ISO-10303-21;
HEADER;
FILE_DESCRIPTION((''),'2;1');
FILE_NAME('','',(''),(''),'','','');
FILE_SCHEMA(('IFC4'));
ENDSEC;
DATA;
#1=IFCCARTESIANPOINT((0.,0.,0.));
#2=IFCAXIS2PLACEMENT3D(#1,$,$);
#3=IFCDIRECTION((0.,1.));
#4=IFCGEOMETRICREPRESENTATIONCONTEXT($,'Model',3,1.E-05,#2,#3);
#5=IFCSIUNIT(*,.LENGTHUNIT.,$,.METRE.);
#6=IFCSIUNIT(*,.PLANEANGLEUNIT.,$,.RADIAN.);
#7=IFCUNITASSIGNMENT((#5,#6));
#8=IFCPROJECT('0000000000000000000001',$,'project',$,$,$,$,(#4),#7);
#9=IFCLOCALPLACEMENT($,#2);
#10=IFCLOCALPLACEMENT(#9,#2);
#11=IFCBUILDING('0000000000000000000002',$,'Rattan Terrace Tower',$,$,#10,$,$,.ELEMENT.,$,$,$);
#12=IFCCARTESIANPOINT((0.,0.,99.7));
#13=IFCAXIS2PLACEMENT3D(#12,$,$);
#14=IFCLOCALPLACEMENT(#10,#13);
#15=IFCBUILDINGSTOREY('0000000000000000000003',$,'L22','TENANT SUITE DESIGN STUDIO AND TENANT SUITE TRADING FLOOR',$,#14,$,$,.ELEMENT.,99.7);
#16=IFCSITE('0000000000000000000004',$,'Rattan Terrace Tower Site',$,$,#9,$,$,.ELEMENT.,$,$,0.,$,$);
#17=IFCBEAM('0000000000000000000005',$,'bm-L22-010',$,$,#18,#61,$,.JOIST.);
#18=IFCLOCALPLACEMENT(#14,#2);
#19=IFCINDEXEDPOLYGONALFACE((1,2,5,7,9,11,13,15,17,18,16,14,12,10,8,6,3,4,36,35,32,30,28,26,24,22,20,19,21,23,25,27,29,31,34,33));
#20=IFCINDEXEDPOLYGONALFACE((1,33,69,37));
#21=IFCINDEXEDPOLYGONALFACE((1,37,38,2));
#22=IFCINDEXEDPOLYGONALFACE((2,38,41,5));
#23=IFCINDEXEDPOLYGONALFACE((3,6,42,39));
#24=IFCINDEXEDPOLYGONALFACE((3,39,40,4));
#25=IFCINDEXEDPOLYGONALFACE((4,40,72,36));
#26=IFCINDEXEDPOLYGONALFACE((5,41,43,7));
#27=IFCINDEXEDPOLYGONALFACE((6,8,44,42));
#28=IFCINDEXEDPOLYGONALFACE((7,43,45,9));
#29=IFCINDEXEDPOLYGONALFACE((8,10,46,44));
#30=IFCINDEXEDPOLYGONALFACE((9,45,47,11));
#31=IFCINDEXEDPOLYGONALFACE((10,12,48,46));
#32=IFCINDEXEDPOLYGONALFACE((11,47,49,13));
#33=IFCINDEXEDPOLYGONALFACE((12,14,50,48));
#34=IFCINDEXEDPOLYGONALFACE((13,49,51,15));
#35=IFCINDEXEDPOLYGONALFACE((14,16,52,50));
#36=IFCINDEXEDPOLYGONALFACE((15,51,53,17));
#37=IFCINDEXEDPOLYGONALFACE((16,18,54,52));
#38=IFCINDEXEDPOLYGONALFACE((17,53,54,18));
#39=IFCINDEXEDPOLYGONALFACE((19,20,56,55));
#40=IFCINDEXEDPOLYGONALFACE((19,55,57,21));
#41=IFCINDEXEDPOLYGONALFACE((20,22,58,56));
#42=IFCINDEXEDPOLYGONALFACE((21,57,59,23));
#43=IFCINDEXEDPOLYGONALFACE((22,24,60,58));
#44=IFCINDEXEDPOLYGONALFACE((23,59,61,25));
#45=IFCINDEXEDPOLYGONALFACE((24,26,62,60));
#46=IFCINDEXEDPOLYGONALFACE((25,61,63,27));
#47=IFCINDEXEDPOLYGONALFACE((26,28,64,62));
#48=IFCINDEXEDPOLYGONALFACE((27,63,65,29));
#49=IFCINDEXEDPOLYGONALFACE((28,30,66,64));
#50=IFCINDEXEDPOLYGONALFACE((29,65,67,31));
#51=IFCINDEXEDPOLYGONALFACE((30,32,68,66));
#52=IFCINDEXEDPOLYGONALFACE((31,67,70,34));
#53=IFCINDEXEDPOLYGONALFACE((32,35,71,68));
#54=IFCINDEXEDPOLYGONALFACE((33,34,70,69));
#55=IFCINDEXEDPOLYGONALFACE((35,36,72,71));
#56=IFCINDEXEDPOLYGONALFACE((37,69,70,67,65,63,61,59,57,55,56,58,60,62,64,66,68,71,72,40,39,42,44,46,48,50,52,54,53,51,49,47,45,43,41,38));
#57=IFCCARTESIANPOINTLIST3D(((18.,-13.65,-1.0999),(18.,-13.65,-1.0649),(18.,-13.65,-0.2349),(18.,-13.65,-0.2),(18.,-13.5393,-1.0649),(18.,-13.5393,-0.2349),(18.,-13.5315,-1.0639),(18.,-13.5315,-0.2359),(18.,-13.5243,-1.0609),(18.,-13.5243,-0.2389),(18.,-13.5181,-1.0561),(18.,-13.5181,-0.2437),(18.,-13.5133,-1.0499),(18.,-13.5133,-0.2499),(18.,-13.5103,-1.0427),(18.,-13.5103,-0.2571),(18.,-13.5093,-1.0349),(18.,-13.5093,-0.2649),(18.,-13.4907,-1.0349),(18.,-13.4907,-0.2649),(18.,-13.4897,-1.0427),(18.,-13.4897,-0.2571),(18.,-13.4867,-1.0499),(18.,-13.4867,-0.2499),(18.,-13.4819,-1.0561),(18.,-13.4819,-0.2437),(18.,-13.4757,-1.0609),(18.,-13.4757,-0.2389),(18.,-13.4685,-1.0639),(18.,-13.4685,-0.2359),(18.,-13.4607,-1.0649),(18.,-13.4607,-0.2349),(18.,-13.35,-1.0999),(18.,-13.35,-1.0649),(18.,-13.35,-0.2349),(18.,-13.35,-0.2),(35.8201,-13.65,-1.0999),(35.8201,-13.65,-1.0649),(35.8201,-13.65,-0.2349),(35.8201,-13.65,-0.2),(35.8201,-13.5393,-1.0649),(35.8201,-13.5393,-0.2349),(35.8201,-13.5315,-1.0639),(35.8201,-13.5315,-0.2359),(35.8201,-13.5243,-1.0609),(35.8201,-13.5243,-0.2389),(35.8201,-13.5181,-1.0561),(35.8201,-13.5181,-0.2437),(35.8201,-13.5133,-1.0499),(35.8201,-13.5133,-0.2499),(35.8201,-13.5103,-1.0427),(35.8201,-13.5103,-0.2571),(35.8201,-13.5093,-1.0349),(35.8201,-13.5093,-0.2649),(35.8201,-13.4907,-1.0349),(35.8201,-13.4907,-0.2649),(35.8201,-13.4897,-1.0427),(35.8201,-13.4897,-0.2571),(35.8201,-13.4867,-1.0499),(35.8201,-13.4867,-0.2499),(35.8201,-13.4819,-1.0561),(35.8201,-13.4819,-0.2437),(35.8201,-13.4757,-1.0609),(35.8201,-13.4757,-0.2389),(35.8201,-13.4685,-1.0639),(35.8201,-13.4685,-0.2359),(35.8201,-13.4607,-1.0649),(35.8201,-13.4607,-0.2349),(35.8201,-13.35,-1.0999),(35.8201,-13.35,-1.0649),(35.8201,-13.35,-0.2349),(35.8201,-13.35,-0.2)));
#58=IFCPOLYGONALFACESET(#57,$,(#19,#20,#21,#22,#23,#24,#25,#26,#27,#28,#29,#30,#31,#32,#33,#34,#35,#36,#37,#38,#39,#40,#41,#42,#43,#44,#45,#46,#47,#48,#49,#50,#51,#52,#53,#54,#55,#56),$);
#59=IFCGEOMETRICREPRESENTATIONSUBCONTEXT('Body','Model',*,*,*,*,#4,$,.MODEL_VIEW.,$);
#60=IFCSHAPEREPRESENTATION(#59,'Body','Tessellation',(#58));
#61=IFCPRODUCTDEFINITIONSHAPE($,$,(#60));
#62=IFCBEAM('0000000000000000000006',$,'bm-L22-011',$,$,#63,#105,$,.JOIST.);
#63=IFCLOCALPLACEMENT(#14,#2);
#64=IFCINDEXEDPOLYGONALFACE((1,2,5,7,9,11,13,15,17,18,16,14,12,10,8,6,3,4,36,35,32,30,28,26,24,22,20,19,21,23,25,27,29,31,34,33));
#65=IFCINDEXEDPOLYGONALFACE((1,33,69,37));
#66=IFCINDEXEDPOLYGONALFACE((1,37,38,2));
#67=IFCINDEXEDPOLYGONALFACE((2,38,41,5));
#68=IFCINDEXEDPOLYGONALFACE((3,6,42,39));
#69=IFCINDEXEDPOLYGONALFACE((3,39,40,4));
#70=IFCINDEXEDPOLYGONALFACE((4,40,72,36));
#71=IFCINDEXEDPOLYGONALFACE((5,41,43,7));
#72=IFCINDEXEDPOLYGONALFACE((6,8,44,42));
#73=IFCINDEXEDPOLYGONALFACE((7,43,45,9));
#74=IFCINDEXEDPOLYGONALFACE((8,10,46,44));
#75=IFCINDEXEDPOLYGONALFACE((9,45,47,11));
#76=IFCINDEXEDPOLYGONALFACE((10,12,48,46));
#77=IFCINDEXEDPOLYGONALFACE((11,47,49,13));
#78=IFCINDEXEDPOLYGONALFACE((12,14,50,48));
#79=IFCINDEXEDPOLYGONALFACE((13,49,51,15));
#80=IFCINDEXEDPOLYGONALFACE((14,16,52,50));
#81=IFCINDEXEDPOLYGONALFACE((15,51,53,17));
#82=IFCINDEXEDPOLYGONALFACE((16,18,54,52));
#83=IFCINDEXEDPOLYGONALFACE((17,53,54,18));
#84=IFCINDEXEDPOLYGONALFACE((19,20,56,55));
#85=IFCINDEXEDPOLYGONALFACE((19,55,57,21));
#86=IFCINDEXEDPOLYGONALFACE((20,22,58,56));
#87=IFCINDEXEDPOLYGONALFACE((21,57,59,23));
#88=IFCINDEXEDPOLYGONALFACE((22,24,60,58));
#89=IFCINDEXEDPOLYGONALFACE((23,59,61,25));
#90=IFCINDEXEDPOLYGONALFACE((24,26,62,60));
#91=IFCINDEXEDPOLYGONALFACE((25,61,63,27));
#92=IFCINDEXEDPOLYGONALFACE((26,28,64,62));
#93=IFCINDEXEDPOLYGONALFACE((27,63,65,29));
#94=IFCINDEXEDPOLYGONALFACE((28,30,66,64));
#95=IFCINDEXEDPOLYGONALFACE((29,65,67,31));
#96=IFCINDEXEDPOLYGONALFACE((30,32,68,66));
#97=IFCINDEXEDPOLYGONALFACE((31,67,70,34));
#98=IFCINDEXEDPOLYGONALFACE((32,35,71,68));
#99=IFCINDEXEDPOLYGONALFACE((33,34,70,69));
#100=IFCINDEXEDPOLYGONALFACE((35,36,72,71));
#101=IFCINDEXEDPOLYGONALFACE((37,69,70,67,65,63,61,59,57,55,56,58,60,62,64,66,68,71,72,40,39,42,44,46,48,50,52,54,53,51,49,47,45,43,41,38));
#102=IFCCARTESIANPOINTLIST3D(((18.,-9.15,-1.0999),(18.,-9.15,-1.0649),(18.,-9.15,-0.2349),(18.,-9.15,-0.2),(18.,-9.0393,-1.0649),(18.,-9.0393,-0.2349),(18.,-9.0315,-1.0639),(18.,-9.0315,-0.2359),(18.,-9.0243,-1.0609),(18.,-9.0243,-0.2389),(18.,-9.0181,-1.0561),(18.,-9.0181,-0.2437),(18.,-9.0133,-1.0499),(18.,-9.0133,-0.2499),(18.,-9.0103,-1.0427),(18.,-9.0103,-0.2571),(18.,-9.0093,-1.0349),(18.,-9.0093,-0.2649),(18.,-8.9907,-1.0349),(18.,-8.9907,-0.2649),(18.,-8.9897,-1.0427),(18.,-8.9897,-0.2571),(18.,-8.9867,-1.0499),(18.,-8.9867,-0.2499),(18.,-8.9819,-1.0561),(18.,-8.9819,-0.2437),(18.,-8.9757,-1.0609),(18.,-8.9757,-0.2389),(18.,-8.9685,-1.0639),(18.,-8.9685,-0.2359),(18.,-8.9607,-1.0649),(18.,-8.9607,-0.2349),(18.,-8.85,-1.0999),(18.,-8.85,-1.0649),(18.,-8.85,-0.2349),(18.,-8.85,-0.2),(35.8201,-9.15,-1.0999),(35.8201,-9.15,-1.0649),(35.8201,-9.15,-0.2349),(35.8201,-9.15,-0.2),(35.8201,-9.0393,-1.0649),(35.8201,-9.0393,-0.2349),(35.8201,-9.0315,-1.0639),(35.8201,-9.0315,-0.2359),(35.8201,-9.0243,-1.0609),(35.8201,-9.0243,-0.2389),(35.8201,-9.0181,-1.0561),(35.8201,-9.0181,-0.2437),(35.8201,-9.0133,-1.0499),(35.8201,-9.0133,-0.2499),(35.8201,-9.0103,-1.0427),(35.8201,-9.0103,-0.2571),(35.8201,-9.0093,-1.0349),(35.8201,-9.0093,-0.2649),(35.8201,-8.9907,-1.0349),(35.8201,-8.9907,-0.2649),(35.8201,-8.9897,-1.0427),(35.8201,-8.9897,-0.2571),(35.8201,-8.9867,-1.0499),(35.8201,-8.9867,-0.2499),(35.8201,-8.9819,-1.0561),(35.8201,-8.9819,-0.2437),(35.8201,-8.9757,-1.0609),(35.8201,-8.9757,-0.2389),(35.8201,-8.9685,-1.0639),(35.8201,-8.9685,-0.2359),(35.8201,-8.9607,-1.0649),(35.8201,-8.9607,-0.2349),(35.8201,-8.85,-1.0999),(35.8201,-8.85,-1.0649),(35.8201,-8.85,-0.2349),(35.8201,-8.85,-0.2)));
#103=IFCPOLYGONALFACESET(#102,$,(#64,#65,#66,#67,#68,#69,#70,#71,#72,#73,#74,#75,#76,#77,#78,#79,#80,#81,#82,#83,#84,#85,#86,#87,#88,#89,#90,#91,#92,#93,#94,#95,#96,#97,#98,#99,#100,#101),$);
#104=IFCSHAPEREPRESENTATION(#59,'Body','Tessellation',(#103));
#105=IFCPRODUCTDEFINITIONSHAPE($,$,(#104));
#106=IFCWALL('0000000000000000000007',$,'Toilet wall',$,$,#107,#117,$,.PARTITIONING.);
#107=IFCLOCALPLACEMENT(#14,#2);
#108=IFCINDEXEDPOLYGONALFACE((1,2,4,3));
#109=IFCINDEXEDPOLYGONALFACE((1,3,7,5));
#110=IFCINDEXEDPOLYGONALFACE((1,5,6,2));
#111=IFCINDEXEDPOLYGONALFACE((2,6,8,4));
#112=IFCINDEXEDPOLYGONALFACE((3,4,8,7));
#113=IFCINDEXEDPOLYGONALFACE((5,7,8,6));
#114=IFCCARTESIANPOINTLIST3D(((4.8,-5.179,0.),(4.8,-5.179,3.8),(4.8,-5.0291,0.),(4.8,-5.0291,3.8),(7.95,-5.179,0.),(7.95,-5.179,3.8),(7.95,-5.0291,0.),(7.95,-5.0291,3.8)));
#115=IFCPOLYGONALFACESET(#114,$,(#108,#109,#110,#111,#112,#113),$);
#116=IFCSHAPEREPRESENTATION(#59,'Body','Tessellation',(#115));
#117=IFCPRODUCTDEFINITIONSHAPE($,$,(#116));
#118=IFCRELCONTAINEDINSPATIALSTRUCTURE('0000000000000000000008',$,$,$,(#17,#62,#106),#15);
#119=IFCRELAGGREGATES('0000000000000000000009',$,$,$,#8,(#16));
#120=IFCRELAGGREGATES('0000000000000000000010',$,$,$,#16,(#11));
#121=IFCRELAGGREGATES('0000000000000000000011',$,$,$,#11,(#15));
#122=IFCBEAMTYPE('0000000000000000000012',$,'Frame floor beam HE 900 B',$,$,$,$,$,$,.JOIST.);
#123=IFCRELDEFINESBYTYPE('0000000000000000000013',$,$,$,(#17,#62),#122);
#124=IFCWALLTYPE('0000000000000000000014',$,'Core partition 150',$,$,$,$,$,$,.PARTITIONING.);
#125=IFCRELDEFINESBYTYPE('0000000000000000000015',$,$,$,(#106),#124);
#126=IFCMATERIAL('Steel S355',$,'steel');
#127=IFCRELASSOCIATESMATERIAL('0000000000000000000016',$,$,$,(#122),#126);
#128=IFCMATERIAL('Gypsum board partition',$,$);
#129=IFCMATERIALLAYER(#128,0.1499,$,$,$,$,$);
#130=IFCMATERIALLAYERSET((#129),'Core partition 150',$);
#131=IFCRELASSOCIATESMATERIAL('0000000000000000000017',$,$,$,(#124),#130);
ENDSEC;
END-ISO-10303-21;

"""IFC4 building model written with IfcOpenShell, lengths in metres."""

from ifc_helpers import new_model, si_unit, direction, frame, frame_2d, origin, origin_2d, place, context, subcontext, project, spatial, rectangle, i_section, extrude, material, layer, layer_set, material_profile, profile_set, type_object, element, save


model = new_model("IFC4")

# Units and contexts
model_context = context("Model", 3, precision=1e-05, world=origin(), true_north=direction((0.0, 1.0)))
body_context = subcontext(model_context, "Body", "Model", "MODEL_VIEW")
ifc_project = project(units=[si_unit("LENGTHUNIT", "METRE"), si_unit("PLANEANGLEUNIT", "RADIAN")], contexts=[model_context])

# Site, building, storey
site_placement = place(None, origin())
site = spatial("IfcSite", under=ifc_project, at=site_placement, Name="Rattan Terrace Tower Site", CompositionType="ELEMENT", RefElevation=0.0)
building_placement = place(site_placement, origin())
building = spatial("IfcBuilding", under=site, at=building_placement, Name="Rattan Terrace Tower", CompositionType="ELEMENT")
storey_placement = place(building_placement, frame((0.0, 0.0, 99.7)))
storey = spatial("IfcBuildingStorey", under=building, at=storey_placement, Name="L22", Description="TENANT SUITE DESIGN STUDIO AND TENANT SUITE TRADING FLOOR", CompositionType="ELEMENT", Elevation=99.7)

# Beams
ifc_material_1 = material(Name="Steel S355", Category="steel")
ifc_material_profile = material_profile(ifc_material_1, i_section(OverallWidth=0.3, OverallDepth=0.8999, WebThickness=0.0186, FlangeThickness=0.0349, FilletRadius=0.03, at=origin_2d()), Name="HE 900 B")
ifc_profile_set = profile_set([ifc_material_profile], Name="Steel S355")
beam_type = type_object("IfcBeamType", Name="Frame floor beam HE 900 B", PredefinedType="JOIST", material=ifc_profile_set)
for number, where, z_axis, x_axis, name in (
    (1, (18.0, -13.5, -0.6499), (1.0, 0.0, 0.0), (0.0, 1.0, 0.0), "bm-L22-010"),
    (2, (18.0, -9.0, -0.6499), (1.0, 0.0, 0.0), (0.0, 1.0, 0.0), "bm-L22-011"),
):
    element("IfcBeam", number, at=place(storey_placement, frame(where, z_axis=z_axis, x_axis=x_axis)), inside=storey, type_object=beam_type, Name=name, PredefinedType="JOIST", context=body_context, shape_type="SweptSolid", body=[
        extrude(i_section(OverallWidth=0.3, OverallDepth=0.8999, WebThickness=0.0186, FlangeThickness=0.0349, FilletRadius=0.03, at=origin_2d()), origin(), (0.0, 0.0, 1.0), 17.8201),
    ])

# Wall
ifc_material_2 = material(Name="Gypsum board partition")
ifc_layer_1 = layer(ifc_material_2, 0.1499)
ifc_layer_set_1 = layer_set([ifc_layer_1], Name="Core partition 150")
wall_type_1 = type_object("IfcWallType", Name="Core partition 150", PredefinedType="PARTITIONING", material=ifc_layer_set_1)
wall_1_placement = place(storey_placement, frame((4.8, -5.104, 0.0), z_axis=(0.0, 0.0, 1.0), x_axis=(1.0, 0.0, 0.0)))
element("IfcWall", 3, at=wall_1_placement, inside=storey, type_object=wall_type_1, Name="Toilet wall", PredefinedType="PARTITIONING", context=body_context, shape_type="SweptSolid", body=[
    extrude(rectangle(XDim=3.1499, YDim=0.1499, at=frame_2d((1.575, 0.0))), origin(), (0.0, 0.0, 1.0), 3.8),
])

save(model, "model.ifc")
